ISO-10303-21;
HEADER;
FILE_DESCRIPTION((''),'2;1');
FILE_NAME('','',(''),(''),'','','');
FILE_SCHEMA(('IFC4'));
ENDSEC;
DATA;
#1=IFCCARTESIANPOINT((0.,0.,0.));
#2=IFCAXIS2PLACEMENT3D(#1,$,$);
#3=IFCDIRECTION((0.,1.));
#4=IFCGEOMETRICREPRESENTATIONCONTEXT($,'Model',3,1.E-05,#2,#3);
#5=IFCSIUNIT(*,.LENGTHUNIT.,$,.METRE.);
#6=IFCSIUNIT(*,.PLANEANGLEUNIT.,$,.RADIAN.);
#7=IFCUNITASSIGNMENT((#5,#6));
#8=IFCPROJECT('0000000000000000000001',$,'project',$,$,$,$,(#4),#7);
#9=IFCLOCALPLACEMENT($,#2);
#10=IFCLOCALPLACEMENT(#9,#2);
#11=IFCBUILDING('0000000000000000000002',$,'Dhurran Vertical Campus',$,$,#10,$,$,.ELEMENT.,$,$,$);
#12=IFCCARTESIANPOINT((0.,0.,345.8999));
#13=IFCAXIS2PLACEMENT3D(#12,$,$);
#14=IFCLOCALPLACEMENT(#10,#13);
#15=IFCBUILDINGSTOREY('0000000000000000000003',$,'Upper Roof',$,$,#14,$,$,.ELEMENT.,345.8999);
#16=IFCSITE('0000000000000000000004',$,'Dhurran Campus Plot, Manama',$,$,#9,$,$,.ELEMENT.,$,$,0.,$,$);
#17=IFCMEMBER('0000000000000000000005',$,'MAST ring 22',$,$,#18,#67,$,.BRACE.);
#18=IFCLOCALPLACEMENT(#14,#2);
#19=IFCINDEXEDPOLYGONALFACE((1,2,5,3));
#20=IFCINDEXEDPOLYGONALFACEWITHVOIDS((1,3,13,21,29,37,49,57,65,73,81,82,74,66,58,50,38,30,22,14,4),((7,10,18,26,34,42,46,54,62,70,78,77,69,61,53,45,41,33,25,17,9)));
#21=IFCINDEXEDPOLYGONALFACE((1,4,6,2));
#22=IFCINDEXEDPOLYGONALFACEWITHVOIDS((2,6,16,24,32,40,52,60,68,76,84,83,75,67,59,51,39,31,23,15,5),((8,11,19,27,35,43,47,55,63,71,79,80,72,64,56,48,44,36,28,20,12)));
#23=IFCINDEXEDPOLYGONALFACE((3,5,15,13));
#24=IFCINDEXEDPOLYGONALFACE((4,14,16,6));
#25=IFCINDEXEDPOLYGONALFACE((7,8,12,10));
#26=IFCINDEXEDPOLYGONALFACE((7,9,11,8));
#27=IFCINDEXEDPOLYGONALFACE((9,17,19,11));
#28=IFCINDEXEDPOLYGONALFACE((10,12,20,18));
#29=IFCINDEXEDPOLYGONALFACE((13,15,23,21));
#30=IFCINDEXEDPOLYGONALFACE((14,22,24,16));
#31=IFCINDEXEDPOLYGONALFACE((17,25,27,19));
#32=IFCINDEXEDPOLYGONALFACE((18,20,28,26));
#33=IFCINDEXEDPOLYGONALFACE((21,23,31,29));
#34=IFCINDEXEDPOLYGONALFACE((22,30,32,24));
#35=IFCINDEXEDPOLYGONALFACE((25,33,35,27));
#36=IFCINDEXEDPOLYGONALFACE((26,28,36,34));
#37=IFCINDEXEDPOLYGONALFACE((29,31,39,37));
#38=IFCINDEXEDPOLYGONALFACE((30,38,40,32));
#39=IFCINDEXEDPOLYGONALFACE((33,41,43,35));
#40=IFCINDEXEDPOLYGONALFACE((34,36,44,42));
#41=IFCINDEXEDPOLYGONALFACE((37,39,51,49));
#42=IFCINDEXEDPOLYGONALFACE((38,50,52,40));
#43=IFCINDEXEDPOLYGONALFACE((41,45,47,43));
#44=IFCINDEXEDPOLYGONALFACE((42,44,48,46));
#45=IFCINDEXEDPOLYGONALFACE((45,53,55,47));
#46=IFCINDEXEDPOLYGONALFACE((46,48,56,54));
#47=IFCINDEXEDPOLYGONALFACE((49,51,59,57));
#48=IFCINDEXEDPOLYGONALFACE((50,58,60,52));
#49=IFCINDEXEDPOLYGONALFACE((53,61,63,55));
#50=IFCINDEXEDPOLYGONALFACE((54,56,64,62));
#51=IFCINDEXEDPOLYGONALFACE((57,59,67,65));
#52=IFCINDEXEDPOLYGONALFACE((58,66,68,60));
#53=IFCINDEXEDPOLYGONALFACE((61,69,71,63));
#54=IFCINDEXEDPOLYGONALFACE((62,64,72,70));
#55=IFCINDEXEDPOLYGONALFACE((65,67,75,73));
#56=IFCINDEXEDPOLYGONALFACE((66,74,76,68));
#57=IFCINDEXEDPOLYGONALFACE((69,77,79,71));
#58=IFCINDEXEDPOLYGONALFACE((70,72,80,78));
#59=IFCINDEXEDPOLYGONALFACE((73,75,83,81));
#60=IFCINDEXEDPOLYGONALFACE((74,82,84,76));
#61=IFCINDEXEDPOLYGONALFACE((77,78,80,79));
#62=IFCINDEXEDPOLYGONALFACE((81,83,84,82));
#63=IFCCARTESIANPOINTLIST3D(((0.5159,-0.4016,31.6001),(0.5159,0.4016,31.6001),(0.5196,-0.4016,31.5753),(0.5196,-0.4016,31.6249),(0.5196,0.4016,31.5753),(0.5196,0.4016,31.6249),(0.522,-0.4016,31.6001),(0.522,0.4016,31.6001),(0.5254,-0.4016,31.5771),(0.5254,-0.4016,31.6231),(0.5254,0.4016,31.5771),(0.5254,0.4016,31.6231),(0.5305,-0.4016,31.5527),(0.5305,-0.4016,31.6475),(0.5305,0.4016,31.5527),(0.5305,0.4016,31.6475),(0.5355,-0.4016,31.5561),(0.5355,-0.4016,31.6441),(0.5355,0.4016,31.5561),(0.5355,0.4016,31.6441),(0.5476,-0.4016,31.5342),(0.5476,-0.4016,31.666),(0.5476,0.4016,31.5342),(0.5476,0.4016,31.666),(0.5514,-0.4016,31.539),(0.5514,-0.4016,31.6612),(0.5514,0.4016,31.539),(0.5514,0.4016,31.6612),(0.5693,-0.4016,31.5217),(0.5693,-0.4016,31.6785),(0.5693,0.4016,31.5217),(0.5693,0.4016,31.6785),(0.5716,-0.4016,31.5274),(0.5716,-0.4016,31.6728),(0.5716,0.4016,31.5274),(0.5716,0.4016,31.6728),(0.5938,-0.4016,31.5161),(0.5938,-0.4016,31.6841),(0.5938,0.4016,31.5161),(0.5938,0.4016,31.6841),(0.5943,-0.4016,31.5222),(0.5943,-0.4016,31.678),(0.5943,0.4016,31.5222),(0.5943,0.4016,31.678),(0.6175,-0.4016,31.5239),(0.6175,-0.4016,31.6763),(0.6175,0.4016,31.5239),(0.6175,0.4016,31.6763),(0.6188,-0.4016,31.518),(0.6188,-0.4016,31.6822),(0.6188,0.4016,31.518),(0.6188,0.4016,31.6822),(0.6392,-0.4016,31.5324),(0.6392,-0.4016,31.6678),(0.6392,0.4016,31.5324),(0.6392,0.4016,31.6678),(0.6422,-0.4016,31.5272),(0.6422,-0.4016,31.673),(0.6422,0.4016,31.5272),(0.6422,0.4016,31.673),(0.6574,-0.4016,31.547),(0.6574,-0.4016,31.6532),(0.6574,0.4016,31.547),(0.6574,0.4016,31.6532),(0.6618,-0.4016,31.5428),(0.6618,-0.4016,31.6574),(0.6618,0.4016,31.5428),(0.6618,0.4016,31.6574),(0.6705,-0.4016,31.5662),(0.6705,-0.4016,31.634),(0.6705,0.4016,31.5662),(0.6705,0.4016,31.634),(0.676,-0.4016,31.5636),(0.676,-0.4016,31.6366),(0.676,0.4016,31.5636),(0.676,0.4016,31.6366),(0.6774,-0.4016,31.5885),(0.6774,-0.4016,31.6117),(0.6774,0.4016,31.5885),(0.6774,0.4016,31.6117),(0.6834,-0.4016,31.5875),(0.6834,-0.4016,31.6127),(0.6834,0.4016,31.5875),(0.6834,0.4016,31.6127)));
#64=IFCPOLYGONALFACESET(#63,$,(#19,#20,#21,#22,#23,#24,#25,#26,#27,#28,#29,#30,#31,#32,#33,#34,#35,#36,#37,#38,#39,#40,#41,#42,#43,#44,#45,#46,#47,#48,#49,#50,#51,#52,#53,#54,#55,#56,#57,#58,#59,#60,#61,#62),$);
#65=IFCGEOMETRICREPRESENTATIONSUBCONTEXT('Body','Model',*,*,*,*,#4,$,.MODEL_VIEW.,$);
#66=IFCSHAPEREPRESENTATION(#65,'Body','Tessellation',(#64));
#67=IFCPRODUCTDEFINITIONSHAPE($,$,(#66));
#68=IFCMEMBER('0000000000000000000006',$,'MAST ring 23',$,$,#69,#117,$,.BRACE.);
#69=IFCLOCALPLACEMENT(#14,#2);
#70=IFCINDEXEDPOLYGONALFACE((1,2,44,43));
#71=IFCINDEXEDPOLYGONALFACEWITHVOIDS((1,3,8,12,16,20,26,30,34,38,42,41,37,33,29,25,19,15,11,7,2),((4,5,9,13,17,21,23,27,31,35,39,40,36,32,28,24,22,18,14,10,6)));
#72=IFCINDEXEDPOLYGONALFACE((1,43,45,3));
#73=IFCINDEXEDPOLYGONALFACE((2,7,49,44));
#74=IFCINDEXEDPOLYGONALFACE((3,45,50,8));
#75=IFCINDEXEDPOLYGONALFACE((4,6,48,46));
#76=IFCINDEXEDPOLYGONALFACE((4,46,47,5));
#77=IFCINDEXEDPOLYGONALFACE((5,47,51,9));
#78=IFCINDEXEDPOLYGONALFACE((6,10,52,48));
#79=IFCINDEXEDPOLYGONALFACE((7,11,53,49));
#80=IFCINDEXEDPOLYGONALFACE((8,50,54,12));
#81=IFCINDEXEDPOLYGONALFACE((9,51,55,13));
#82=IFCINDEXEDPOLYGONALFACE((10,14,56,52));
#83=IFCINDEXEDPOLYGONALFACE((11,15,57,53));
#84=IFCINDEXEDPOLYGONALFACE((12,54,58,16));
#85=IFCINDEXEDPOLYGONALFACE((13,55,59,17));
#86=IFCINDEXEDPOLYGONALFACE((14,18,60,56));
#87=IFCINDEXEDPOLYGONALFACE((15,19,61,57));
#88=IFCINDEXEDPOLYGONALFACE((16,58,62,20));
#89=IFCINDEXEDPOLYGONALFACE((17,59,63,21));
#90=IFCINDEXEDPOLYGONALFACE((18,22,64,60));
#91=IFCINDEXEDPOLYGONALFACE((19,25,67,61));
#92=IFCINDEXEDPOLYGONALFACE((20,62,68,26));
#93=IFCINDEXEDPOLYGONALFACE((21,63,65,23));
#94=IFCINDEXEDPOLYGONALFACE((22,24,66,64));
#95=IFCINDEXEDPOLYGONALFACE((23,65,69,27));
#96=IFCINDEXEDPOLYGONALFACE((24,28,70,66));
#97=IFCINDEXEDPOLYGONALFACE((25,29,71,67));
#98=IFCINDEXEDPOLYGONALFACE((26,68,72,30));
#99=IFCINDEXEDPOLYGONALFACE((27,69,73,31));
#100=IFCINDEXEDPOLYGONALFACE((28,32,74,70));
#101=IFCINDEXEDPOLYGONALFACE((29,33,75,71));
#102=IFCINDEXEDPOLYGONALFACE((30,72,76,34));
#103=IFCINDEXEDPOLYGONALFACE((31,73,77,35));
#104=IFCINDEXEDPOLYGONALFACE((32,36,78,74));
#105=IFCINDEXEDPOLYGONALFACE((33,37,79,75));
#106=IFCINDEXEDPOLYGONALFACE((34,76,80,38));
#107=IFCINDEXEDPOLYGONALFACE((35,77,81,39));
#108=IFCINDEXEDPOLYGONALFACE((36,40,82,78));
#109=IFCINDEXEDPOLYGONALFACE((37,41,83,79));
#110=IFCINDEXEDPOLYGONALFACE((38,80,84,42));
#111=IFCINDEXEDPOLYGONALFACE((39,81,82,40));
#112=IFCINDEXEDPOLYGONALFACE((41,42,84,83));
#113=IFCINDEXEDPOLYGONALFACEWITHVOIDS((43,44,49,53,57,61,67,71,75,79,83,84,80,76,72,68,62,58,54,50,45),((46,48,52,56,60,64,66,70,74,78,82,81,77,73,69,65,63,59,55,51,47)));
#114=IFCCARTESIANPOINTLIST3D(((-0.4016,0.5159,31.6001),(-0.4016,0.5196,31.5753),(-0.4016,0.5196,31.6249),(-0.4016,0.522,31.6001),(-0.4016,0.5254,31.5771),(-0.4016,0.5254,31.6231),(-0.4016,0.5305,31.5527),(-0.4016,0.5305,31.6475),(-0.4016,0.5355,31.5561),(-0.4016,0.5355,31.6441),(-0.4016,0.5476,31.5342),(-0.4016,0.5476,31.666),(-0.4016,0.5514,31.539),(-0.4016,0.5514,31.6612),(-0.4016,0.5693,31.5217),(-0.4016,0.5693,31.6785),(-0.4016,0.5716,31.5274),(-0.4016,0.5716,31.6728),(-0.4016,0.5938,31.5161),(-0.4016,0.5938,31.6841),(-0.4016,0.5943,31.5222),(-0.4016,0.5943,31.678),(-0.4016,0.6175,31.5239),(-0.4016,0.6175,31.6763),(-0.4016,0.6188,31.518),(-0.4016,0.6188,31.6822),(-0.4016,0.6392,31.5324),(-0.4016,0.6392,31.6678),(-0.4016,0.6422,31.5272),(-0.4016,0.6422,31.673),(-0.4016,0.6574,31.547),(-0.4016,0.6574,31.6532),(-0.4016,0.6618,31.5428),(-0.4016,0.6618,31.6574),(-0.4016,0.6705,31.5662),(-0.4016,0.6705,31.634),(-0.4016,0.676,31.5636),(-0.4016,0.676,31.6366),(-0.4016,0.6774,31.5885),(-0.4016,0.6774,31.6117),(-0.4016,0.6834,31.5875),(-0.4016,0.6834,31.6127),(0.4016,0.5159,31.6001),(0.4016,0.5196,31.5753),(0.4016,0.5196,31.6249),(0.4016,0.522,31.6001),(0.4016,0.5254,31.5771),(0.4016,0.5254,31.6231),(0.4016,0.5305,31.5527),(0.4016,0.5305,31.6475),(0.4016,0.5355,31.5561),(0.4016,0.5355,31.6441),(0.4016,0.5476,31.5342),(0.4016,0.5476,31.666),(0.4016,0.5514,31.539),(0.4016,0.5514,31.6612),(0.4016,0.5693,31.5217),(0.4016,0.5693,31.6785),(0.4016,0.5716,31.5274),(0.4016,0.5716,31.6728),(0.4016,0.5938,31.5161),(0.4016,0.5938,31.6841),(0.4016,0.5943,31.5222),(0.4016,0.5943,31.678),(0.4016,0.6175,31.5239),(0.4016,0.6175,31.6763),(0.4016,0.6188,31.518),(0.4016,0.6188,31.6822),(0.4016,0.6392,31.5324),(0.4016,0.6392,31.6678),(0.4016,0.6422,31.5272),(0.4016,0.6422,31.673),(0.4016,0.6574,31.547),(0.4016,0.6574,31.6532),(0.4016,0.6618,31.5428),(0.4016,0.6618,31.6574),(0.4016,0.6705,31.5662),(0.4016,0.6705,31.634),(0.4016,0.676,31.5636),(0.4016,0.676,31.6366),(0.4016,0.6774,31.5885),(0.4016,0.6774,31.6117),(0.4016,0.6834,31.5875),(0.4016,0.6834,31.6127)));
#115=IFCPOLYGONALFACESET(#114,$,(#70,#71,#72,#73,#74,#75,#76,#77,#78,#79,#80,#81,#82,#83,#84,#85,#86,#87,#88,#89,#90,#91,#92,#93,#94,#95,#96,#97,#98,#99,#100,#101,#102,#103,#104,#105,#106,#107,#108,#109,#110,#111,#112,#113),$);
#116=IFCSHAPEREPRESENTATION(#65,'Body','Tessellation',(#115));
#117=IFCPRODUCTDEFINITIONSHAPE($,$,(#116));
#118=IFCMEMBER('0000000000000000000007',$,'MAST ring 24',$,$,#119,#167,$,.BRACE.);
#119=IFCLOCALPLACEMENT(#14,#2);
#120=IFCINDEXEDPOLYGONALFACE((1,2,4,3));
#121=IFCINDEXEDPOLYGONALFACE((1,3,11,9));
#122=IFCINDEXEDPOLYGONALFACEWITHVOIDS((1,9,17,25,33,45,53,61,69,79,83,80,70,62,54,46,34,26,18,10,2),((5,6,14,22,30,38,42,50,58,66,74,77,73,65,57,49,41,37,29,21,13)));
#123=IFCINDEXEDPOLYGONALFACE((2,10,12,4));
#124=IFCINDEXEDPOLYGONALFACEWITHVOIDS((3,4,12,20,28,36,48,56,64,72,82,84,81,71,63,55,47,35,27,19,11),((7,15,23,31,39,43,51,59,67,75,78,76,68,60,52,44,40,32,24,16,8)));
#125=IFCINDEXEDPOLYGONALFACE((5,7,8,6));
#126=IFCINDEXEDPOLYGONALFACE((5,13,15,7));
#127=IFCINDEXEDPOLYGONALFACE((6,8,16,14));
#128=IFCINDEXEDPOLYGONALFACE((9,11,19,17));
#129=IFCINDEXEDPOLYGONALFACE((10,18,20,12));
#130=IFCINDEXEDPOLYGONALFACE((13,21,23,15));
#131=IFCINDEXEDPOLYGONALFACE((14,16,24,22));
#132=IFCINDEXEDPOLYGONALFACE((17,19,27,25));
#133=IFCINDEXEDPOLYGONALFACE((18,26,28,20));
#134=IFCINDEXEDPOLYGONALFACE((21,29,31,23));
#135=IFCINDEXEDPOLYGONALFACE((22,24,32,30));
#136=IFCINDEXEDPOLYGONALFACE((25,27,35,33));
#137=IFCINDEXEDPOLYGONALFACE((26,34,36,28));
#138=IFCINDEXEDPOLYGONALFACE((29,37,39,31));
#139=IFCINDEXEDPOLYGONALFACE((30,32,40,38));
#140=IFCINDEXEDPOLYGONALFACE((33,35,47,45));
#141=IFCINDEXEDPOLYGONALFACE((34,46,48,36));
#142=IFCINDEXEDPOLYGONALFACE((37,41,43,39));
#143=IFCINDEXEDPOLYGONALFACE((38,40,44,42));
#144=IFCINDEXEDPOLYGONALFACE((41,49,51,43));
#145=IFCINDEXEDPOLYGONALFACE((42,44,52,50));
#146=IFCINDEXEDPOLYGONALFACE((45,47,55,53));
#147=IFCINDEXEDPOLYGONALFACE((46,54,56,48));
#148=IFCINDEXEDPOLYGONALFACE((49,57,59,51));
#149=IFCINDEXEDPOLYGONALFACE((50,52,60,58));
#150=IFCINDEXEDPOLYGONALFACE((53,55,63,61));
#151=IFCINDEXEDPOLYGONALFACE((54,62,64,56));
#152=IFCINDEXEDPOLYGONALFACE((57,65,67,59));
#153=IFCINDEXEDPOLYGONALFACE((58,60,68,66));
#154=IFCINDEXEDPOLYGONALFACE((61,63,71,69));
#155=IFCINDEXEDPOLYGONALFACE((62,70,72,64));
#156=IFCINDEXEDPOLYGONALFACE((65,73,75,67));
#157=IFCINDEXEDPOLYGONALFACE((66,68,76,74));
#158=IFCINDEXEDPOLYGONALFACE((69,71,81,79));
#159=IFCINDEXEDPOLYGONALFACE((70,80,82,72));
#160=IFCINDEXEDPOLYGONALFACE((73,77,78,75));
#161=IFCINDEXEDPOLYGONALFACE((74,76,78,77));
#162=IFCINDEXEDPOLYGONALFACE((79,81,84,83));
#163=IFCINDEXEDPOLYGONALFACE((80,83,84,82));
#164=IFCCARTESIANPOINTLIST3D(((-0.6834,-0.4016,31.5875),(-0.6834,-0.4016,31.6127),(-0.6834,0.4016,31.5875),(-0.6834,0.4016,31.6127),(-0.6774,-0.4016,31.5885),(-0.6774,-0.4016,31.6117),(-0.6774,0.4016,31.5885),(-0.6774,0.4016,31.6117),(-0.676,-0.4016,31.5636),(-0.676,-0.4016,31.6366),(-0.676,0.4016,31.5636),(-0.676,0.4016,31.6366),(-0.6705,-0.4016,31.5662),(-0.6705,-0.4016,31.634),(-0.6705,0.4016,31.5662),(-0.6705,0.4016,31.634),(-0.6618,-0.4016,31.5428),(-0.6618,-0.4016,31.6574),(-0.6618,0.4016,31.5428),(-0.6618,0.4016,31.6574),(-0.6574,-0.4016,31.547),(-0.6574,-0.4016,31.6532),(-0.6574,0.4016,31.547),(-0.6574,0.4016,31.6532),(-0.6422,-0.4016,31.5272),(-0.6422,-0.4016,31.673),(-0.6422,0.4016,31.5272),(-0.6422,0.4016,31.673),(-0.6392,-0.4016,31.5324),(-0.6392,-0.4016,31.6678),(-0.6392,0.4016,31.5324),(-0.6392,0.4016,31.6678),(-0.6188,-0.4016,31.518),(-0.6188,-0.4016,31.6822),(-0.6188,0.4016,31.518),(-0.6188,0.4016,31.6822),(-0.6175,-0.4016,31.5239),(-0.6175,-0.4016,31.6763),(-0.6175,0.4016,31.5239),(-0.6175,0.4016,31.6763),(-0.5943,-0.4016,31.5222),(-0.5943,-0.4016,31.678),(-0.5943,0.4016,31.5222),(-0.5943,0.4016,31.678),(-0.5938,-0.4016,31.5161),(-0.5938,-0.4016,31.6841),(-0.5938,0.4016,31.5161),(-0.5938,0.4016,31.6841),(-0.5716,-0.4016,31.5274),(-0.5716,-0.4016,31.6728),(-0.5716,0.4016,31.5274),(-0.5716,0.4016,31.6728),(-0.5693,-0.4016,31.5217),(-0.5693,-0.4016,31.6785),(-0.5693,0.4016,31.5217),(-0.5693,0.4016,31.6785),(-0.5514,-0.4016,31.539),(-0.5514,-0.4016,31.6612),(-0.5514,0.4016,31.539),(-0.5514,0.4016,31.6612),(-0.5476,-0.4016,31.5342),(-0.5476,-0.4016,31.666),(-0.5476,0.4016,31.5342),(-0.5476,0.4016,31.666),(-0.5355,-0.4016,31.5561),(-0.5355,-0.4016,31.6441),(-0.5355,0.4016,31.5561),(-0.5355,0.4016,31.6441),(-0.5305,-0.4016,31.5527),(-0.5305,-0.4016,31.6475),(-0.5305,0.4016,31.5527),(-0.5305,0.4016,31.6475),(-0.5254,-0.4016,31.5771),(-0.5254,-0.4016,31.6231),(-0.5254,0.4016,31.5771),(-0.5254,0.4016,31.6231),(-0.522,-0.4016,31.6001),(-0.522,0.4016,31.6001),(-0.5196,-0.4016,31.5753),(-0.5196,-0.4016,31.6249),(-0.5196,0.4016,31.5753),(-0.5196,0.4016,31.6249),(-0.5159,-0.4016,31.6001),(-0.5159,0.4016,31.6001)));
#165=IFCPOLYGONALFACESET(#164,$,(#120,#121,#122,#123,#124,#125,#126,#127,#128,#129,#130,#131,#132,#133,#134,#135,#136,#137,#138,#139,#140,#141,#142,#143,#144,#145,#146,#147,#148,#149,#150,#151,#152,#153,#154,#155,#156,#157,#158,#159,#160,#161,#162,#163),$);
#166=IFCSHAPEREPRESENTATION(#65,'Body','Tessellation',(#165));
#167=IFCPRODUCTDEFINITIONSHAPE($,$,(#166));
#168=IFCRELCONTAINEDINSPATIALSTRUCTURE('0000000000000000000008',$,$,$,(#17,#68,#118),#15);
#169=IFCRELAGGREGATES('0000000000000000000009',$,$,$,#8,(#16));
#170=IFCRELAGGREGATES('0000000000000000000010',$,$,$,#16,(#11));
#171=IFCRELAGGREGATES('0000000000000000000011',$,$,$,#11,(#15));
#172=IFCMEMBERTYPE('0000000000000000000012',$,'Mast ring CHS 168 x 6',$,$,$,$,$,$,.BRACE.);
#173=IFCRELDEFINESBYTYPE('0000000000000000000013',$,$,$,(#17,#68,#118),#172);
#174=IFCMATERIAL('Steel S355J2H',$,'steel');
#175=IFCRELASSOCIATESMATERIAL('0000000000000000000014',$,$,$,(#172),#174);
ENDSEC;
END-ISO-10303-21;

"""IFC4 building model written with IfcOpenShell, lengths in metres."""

from ifc_helpers import new_model, si_unit, direction, frame, origin, origin_2d, place, context, subcontext, project, spatial, hollow_circle, extrude, material, material_profile, profile_set, type_object, element, save


model = new_model("IFC4")

# Units and contexts
model_context = context("Model", 3, precision=1e-05, world=origin(), true_north=direction((0.0, 1.0)))
body_context = subcontext(model_context, "Body", "Model", "MODEL_VIEW")
ifc_project = project(units=[si_unit("LENGTHUNIT", "METRE"), si_unit("PLANEANGLEUNIT", "RADIAN")], contexts=[model_context])

# Site, building, storey
site_placement = place(None, origin())
site = spatial("IfcSite", under=ifc_project, at=site_placement, Name="Dhurran Campus Plot, Manama", CompositionType="ELEMENT", RefElevation=0.0)
building_placement = place(site_placement, origin())
building = spatial("IfcBuilding", under=site, at=building_placement, Name="Dhurran Vertical Campus", CompositionType="ELEMENT")
storey_placement = place(building_placement, frame((0.0, 0.0, 345.8999)))
storey = spatial("IfcBuildingStorey", under=building, at=storey_placement, Name="Upper Roof", CompositionType="ELEMENT", Elevation=345.8999)

# Members
ifc_material_1 = material(Name="Steel S355J2H", Category="steel")
ifc_material_profile_1 = material_profile(ifc_material_1, hollow_circle(Radius=0.0842, WallThickness=0.0061, at=origin_2d()), Name="CHS168x6")
ifc_profile_set_1 = profile_set([ifc_material_profile_1], Name="Steel S355J2H")
member_type_1 = type_object("IfcMemberType", Name="Mast ring CHS 168 x 6", PredefinedType="BRACE", material=ifc_profile_set_1)
for number, where, z_axis, x_axis, name in (
    (1, (0.6001, -0.4016, 31.6001), (0.0, 1.0, 0.0), (-1.0, 0.0, 0.0), "MAST ring 22"),
    (2, (0.4016, 0.6001, 31.6001), (-1.0, 0.0, 0.0), (0.0, -1.0, 0.0), "MAST ring 23"),
    (3, (-0.6001, 0.4016, 31.6001), (0.0, -1.0, 0.0), (1.0, 0.0, 0.0), "MAST ring 24"),
):
    element("IfcMember", number, at=place(storey_placement, frame(where, z_axis=z_axis, x_axis=x_axis)), inside=storey, type_object=member_type_1, Name=name, PredefinedType="BRACE", context=body_context, shape_type="SweptSolid", body=[
        extrude(hollow_circle(Radius=0.0842, WallThickness=0.0061, at=origin_2d()), origin(), (0.0, 0.0, 1.0), 0.8032),
    ])

save(model, "model.ifc")
